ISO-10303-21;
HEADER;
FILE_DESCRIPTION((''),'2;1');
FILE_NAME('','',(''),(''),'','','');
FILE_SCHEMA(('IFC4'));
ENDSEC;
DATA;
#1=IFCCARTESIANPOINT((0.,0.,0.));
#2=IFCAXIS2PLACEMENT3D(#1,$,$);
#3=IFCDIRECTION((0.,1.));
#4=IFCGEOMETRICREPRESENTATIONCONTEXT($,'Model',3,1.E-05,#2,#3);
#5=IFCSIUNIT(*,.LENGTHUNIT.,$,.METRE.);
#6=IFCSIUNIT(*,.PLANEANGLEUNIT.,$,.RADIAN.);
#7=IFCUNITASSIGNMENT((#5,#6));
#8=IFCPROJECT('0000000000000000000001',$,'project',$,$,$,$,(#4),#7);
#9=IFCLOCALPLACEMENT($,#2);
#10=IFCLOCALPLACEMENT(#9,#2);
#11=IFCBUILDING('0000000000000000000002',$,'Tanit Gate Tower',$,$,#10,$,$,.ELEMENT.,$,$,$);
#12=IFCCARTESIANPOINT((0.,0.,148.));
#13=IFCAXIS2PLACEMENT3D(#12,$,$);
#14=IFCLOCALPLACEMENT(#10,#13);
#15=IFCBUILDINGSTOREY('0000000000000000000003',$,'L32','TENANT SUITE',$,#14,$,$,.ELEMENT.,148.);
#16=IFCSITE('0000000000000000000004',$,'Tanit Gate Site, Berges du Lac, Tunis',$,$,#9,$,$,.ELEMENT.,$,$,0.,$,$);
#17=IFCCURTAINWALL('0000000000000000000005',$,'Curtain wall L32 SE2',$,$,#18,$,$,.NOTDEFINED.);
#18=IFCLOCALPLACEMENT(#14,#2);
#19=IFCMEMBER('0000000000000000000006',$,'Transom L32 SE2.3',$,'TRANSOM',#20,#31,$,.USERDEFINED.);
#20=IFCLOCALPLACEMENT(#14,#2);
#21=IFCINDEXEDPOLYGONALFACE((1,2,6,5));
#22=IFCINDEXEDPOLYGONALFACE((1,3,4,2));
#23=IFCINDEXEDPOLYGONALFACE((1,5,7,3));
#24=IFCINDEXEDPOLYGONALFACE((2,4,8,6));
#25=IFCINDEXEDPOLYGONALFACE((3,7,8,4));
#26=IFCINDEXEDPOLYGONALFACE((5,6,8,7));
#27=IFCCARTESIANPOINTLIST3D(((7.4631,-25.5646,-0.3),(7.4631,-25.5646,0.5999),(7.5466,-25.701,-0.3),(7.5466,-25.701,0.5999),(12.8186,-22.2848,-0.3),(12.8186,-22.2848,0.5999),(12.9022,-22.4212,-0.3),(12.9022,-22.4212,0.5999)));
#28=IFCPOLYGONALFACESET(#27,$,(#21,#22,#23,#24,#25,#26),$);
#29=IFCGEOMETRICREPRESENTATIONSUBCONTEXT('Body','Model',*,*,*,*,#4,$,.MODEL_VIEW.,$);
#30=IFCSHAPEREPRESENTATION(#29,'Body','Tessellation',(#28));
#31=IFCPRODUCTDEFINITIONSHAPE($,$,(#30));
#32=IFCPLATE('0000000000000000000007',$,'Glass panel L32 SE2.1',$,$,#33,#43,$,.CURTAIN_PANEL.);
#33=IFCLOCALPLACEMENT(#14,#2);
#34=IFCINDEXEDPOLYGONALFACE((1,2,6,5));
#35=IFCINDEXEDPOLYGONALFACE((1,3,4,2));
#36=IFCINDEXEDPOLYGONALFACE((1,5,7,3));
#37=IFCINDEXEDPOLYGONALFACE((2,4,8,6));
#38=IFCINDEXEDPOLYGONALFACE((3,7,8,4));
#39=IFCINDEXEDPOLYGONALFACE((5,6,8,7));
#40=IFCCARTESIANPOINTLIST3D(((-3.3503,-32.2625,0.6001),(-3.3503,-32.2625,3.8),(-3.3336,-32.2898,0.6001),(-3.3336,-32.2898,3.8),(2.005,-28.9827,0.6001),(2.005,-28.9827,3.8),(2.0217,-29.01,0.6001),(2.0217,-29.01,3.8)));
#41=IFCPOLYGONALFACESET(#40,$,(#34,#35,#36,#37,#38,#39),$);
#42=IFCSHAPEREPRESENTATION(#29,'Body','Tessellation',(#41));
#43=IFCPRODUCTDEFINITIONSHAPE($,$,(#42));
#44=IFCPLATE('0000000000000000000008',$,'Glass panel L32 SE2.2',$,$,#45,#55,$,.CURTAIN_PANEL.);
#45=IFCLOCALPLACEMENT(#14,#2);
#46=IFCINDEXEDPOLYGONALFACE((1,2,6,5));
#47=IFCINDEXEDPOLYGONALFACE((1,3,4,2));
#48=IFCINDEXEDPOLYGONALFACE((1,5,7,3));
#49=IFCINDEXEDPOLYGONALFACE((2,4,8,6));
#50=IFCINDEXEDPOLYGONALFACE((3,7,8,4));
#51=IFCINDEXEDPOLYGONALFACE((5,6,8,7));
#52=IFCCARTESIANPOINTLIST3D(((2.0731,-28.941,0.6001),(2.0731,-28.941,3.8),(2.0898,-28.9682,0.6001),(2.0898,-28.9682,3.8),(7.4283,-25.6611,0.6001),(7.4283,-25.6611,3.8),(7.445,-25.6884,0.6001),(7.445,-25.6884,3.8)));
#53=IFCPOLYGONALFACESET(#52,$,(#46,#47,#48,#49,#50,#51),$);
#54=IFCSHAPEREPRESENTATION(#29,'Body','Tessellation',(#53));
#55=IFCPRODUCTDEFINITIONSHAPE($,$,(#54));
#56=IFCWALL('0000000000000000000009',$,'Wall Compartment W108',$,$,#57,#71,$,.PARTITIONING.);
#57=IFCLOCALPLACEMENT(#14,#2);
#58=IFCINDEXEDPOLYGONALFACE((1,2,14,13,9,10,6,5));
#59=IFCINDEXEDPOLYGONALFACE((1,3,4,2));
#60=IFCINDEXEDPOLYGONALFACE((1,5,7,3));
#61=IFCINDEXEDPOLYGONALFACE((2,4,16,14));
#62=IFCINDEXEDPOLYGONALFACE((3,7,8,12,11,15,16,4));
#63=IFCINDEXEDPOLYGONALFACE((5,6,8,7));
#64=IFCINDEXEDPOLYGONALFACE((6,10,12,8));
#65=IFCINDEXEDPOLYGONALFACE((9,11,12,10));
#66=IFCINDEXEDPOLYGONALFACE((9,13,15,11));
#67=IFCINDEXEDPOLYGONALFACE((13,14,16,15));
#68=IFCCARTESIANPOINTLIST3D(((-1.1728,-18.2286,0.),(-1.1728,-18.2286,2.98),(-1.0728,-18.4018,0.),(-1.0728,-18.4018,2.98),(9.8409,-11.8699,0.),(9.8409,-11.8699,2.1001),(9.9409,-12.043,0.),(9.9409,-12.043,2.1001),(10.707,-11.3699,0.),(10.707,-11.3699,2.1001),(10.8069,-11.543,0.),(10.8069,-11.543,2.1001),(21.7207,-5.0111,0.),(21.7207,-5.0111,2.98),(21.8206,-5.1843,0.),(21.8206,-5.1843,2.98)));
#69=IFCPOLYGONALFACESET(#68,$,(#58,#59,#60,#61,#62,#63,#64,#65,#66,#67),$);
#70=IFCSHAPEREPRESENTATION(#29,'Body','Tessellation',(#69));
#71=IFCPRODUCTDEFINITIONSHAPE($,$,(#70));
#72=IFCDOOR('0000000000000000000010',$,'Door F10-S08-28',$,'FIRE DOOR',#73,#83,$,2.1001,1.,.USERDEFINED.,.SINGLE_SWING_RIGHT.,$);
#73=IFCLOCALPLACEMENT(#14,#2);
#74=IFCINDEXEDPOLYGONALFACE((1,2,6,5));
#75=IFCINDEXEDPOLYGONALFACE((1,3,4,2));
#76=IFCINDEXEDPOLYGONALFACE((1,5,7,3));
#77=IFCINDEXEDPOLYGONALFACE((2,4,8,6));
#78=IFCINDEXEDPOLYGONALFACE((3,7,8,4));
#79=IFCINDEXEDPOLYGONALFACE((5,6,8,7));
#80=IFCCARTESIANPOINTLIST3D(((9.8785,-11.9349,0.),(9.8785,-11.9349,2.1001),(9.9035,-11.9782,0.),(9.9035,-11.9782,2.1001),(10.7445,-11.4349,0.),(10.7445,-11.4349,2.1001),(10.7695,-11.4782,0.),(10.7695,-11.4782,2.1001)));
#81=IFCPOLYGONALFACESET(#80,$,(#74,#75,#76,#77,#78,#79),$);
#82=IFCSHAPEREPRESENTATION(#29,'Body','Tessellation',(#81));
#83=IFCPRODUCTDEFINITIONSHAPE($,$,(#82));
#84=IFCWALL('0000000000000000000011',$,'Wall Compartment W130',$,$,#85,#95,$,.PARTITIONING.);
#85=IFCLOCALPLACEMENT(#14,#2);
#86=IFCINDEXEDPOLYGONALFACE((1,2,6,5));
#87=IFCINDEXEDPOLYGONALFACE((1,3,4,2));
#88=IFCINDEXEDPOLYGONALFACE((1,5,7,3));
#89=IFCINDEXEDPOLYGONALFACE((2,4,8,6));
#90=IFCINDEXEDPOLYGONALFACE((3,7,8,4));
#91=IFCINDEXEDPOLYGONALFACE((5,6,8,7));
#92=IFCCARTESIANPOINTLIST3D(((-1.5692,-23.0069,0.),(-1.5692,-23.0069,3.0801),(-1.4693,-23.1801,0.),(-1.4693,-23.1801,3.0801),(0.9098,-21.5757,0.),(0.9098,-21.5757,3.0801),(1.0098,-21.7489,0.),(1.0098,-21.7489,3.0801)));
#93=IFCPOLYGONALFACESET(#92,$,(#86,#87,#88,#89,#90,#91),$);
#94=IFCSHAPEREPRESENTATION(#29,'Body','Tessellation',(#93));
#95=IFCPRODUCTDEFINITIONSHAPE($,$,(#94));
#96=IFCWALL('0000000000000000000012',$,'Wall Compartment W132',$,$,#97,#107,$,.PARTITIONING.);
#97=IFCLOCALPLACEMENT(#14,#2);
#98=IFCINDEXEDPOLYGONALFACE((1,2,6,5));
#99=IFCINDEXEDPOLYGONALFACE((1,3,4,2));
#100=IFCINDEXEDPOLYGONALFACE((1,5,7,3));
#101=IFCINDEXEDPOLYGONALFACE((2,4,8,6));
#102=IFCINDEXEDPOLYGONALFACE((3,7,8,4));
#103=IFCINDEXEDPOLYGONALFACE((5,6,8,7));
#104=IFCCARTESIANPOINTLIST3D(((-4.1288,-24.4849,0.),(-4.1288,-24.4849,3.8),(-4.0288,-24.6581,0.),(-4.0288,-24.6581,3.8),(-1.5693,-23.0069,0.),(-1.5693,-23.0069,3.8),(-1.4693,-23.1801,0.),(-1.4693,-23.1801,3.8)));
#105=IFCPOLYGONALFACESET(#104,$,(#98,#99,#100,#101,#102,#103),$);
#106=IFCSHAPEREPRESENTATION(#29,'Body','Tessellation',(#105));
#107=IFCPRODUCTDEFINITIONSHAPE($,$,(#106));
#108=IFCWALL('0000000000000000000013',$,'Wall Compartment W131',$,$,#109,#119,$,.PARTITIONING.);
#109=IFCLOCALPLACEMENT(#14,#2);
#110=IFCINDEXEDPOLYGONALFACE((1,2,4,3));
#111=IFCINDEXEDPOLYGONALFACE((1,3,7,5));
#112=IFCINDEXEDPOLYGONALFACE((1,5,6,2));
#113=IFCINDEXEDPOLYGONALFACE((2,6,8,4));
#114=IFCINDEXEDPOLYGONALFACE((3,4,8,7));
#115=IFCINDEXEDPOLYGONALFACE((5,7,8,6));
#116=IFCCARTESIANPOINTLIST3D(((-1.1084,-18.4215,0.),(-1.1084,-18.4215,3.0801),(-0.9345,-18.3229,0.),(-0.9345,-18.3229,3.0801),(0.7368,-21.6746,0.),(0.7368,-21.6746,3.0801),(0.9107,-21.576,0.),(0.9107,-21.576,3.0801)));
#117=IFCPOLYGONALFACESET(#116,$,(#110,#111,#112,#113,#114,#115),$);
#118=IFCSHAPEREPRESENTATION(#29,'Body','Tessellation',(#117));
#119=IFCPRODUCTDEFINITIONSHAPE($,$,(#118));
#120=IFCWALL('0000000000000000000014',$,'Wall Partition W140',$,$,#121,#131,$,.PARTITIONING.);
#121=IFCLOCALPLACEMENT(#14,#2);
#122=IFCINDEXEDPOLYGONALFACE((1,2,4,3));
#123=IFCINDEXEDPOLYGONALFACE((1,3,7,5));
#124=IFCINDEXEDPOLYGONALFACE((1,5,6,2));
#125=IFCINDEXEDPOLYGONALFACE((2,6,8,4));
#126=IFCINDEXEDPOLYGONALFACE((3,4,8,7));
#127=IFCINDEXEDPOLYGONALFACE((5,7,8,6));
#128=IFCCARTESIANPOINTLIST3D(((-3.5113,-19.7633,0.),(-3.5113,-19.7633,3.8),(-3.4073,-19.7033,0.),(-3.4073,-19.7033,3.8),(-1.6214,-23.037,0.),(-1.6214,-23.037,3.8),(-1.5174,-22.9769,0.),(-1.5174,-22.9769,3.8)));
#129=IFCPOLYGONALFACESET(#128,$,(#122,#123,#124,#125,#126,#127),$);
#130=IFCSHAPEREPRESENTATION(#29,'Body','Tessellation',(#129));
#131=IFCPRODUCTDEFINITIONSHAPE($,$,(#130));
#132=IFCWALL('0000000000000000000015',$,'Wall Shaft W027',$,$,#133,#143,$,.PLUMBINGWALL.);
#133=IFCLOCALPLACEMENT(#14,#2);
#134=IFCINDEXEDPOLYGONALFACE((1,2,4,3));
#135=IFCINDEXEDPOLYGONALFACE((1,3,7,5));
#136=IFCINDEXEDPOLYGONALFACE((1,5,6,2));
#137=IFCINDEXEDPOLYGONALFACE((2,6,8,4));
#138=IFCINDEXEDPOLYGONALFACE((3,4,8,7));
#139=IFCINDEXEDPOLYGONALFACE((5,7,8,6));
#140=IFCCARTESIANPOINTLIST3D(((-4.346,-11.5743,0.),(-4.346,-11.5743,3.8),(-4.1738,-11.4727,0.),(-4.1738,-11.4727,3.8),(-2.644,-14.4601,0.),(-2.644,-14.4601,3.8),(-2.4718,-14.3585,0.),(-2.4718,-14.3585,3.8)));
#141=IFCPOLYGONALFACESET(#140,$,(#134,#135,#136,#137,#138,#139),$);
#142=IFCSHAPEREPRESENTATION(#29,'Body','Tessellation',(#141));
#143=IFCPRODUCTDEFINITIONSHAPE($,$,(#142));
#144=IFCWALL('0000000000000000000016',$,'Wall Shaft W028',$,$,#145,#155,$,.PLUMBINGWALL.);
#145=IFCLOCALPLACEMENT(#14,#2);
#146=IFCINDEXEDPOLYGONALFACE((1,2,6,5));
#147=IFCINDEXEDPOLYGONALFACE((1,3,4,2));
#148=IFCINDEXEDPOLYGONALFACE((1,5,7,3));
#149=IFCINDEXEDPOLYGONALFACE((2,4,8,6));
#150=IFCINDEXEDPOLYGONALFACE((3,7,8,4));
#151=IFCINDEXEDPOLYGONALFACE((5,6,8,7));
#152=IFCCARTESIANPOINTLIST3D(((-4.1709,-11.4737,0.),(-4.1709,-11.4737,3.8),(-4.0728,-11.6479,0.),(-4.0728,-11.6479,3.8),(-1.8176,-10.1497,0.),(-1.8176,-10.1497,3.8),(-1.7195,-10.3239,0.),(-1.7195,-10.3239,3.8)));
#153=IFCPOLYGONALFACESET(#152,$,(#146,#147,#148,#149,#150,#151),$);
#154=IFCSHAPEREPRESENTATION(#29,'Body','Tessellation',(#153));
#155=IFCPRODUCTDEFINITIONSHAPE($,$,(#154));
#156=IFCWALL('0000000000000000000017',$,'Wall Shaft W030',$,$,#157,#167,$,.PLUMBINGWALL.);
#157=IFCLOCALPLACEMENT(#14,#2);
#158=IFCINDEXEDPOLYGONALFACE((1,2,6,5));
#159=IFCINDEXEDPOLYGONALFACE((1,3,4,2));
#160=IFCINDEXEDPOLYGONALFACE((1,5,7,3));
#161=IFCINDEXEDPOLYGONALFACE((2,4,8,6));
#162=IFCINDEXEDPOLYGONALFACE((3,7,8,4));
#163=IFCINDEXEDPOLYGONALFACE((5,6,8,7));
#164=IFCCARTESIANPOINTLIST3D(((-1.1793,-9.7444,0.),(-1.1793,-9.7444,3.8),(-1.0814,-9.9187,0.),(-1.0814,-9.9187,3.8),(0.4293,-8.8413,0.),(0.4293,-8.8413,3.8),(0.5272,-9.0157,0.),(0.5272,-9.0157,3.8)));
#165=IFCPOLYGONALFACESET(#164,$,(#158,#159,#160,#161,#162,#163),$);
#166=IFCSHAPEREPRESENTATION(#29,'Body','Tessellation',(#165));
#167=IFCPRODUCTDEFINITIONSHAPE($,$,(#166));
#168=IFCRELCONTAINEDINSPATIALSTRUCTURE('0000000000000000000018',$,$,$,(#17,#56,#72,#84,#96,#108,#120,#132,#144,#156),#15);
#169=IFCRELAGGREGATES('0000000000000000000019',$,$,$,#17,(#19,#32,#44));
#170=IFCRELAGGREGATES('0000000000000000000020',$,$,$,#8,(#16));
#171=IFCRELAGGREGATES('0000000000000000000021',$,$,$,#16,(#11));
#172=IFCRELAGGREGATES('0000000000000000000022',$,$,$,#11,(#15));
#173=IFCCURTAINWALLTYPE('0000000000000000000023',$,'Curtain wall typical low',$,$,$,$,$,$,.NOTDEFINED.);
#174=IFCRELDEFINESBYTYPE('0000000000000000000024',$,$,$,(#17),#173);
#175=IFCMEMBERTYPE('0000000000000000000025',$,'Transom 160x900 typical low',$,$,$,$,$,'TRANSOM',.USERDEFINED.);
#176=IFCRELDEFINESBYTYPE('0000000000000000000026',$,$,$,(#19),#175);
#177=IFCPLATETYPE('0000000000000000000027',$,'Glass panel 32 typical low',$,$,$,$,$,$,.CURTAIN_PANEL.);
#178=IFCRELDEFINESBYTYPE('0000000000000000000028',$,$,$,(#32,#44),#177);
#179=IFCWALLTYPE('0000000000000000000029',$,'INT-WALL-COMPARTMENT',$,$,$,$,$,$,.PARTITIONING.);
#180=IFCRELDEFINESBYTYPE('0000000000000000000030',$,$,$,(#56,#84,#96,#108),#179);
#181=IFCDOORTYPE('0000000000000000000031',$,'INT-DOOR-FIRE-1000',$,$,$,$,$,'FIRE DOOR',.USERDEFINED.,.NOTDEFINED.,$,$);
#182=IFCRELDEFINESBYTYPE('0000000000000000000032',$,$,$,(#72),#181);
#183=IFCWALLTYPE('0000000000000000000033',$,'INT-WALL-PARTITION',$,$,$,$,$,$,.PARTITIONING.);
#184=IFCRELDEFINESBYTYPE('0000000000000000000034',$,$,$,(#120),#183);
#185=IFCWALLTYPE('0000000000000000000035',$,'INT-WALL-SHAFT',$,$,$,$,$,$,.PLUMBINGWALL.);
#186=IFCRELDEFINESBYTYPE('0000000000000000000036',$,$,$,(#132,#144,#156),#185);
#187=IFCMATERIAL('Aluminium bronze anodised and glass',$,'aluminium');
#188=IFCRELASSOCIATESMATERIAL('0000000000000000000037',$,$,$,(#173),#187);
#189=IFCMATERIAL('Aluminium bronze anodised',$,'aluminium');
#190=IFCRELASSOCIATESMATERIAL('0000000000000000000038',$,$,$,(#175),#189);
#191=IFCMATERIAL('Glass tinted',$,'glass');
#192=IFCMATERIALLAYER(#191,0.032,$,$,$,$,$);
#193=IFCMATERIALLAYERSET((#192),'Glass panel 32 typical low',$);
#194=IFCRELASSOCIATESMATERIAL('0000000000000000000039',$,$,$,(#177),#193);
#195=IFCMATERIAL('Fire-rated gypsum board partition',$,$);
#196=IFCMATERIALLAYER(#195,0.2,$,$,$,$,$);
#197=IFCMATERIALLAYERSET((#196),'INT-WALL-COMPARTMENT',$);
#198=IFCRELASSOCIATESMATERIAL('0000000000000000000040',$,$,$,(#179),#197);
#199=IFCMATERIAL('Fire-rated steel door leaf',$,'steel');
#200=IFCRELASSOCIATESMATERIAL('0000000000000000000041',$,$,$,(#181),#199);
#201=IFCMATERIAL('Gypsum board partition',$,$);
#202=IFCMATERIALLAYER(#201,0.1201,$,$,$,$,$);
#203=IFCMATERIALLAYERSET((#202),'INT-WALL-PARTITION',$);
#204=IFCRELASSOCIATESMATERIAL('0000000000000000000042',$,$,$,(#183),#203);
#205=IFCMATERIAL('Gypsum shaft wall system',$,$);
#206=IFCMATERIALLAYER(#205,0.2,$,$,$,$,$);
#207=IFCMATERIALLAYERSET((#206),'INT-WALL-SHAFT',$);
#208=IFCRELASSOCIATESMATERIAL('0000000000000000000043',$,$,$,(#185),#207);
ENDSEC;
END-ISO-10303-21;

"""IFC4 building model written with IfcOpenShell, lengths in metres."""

from ifc_helpers import new_model, si_unit, direction, frame, frame_2d, origin, origin_2d, place, context, subcontext, project, spatial, rectangle, extrude, material, layer, layer_set, material_profile, profile_set, type_object, element, fill, aggregate, save


model = new_model("IFC4")

# Units and contexts
model_context = context("Model", 3, precision=1e-05, world=origin(), true_north=direction((0.0, 1.0)))
body_context = subcontext(model_context, "Body", "Model", "MODEL_VIEW")
ifc_project = project(units=[si_unit("LENGTHUNIT", "METRE"), si_unit("PLANEANGLEUNIT", "RADIAN")], contexts=[model_context])

# Site, building, storey
site_placement = place(None, origin())
site = spatial("IfcSite", under=ifc_project, at=site_placement, Name="Tanit Gate Site, Berges du Lac, Tunis", CompositionType="ELEMENT", RefElevation=0.0)
building_placement = place(site_placement, origin())
building = spatial("IfcBuilding", under=site, at=building_placement, Name="Tanit Gate Tower", CompositionType="ELEMENT")
storey_placement = place(building_placement, frame((0.0, 0.0, 148.0)))
storey = spatial("IfcBuildingStorey", under=building, at=storey_placement, Name="L32", Description="TENANT SUITE", CompositionType="ELEMENT", Elevation=148.0)

# Curtain wall
ifc_material_1 = material(Name="Aluminium bronze anodised and glass", Category="aluminium")
curtain_wall_type = type_object("IfcCurtainWallType", Name="Curtain wall typical low", PredefinedType="NOTDEFINED", material=ifc_material_1)
curtain_wall_placement = place(storey_placement, origin())
curtain_wall = element("IfcCurtainWall", 1, at=curtain_wall_placement, inside=storey, type_object=curtain_wall_type, Name="Curtain wall L32 SE2", PredefinedType="NOTDEFINED")

# Member
ifc_material_2 = material(Name="Aluminium bronze anodised", Category="aluminium")
ifc_material_profile_1 = material_profile(ifc_material_2, rectangle(XDim=0.1599, YDim=0.8999, at=origin_2d()), Name="160x900 bronze transom")
ifc_profile_set_1 = profile_set([ifc_material_profile_1], Name="Aluminium bronze anodised")
member_type_1 = type_object("IfcMemberType", Name="Transom 160x900 typical low", ElementType="TRANSOM", PredefinedType="USERDEFINED", material=ifc_profile_set_1)
member_1_placement = place(storey_placement, frame((7.5049, -25.6328, 0.1499), z_axis=(0.852786, 0.522261, 0.0), x_axis=(-0.522261, 0.852786, 0.0)))
member_1 = element("IfcMember", 2, at=member_1_placement, type_object=member_type_1, Name="Transom L32 SE2.3", ObjectType="TRANSOM", PredefinedType="USERDEFINED", context=body_context, shape_type="SweptSolid", body=[
    extrude(rectangle(XDim=0.1599, YDim=0.8999, at=origin_2d()), origin(), (0.0, 0.0, 1.0), 6.28),
])

# Plates
ifc_material_3 = material(Name="Glass tinted", Category="glass")
ifc_layer_1 = layer(ifc_material_3, 0.032)
ifc_layer_set_1 = layer_set([ifc_layer_1], Name="Glass panel 32 typical low")
plate_type = type_object("IfcPlateType", Name="Glass panel 32 typical low", PredefinedType="CURTAIN_PANEL", material=ifc_layer_set_1)
plate_1_placement = place(storey_placement, frame((-0.6643, -30.6362, 0.6001), z_axis=(0.0, 0.0, 1.0), x_axis=(0.852772, 0.522283, 0.0)))
plate_1 = element("IfcPlate", 3, at=plate_1_placement, type_object=plate_type, Name="Glass panel L32 SE2.1", PredefinedType="CURTAIN_PANEL", context=body_context, shape_type="SweptSolid", body=[
    extrude(rectangle(XDim=6.2798, YDim=0.032, at=origin_2d()), origin(), (0.0, 0.0, 1.0), 3.2),
])
plate_2_placement = place(storey_placement, frame((4.759, -27.3147, 0.6001), z_axis=(0.0, 0.0, 1.0), x_axis=(0.852772, 0.522283, 0.0)))
plate_2 = element("IfcPlate", 4, at=plate_2_placement, type_object=plate_type, Name="Glass panel L32 SE2.2", PredefinedType="CURTAIN_PANEL", context=body_context, shape_type="SweptSolid", body=[
    extrude(rectangle(XDim=6.2798, YDim=0.032, at=origin_2d()), origin(), (0.0, 0.0, 1.0), 3.2),
])
aggregate(curtain_wall, [member_1, plate_1, plate_2])

# Wall, opening, door
ifc_material_4 = material(Name="Fire-rated gypsum board partition")
ifc_layer_2 = layer(ifc_material_4, 0.2)
ifc_layer_set_2 = layer_set([ifc_layer_2], Name="INT-WALL-COMPARTMENT")
wall_type_1 = type_object("IfcWallType", Name="INT-WALL-COMPARTMENT", PredefinedType="PARTITIONING", material=ifc_layer_set_2)
wall_1_placement = place(storey_placement, frame((-1.1228, -18.3152, 0.0), z_axis=(0.0, 0.0, 1.0), x_axis=(0.866027, 0.499998, 0.0)))
wall_1 = element("IfcWall", 5, at=wall_1_placement, inside=storey, type_object=wall_type_1, Name="Wall Compartment W108", PredefinedType="PARTITIONING", context=body_context, shape_type="SweptSolid", body=[
    extrude(rectangle(XDim=26.4351, YDim=0.2, at=frame_2d((13.2175, 0.0))), origin(), (0.0, 0.0, 1.0), 2.98),
])
opening_placement = place(wall_1_placement, frame((12.7175, 0.0, 0.0)))
opening = element("IfcOpeningElement", 6, at=opening_placement, cuts=wall_1, PredefinedType="OPENING", context=body_context, shape_type="SweptSolid", body=[
    extrude(rectangle(XDim=1.0, YDim=2.1001, at=frame_2d((0.5, 1.05))), frame((0.0, 0.1099, 0.0), z_axis=(0.0, -1.0, 0.0), x_axis=(1.0, 0.0, 0.0)), (0.0, 0.0, 1.0), 0.22),
])
ifc_material_5 = material(Name="Fire-rated steel door leaf", Category="steel")
door_type = type_object("IfcDoorType", Name="INT-DOOR-FIRE-1000", ElementType="FIRE DOOR", OperationType="NOTDEFINED", PredefinedType="USERDEFINED", material=ifc_material_5)
door_placement = place(opening_placement, origin())
door = element("IfcDoor", 7, at=door_placement, inside=storey, type_object=door_type, Name="Door F10-S08-28", ObjectType="FIRE DOOR", OperationType="SINGLE_SWING_RIGHT", OverallHeight=2.1001, OverallWidth=1.0, PredefinedType="USERDEFINED", context=body_context, shape_type="SweptSolid", body=[
    extrude(rectangle(XDim=1.0, YDim=2.1001, at=frame_2d((0.5, 1.05))), frame((0.0, 0.0249, 0.0), z_axis=(0.0, -1.0, 0.0), x_axis=(1.0, 0.0, 0.0)), (0.0, 0.0, 1.0), 0.05),
])
fill(opening, door)

# Walls
wall_2_placement = place(storey_placement, frame((0.9597, -21.6624, 0.0), z_axis=(0.0, 0.0, 1.0), x_axis=(-0.866041, -0.499973, 0.0)))
element("IfcWall", 8, at=wall_2_placement, inside=storey, type_object=wall_type_1, Name="Wall Compartment W130", PredefinedType="PARTITIONING", context=body_context, shape_type="SweptSolid", body=[
    extrude(rectangle(XDim=2.8625, YDim=0.2, at=frame_2d((1.4312, 0.0))), origin(), (0.0, 0.0, 1.0), 3.0801),
])
wall_3_placement = place(storey_placement, frame((-1.5193, -23.0935, 0.0), z_axis=(0.0, 0.0, 1.0), x_axis=(-0.865987, -0.500066, 0.0)))
element("IfcWall", 9, at=wall_3_placement, inside=storey, type_object=wall_type_1, Name="Wall Compartment W132", PredefinedType="PARTITIONING", context=body_context, shape_type="SweptSolid", body=[
    extrude(rectangle(XDim=2.9556, YDim=0.2, at=frame_2d((1.4778, 0.0))), origin(), (0.0, 0.0, 1.0), 3.8),
])
wall_4_placement = place(storey_placement, frame((-1.0215, -18.3721, 0.0), z_axis=(0.0, 0.0, 1.0), x_axis=(0.493367, -0.869821, 0.0)))
element("IfcWall", 10, at=wall_4_placement, inside=storey, type_object=wall_type_1, Name="Wall Compartment W131", PredefinedType="PARTITIONING", context=body_context, shape_type="SweptSolid", body=[
    extrude(rectangle(XDim=3.74, YDim=0.2, at=frame_2d((1.8701, 0.0))), origin(), (0.0, 0.0, 1.0), 3.0801),
])
ifc_material_6 = material(Name="Gypsum board partition")
ifc_layer_3 = layer(ifc_material_6, 0.1201)
ifc_layer_set_3 = layer_set([ifc_layer_3], Name="INT-WALL-PARTITION")
wall_type_2 = type_object("IfcWallType", Name="INT-WALL-PARTITION", PredefinedType="PARTITIONING", material=ifc_layer_set_3)
wall_5_placement = place(storey_placement, frame((-1.5693, -23.0071, 0.0), z_axis=(0.0, 0.0, 1.0), x_axis=(-0.499967, 0.866045, 0.0)))
element("IfcWall", 11, at=wall_5_placement, inside=storey, type_object=wall_type_2, Name="Wall Partition W140", PredefinedType="PARTITIONING", context=body_context, shape_type="SweptSolid", body=[
    extrude(rectangle(XDim=3.78, YDim=0.1201, at=frame_2d((1.8901, 0.0))), origin(), (0.0, 0.0, 1.0), 3.8),
])
ifc_material_7 = material(Name="Gypsum shaft wall system")
ifc_layer_4 = layer(ifc_material_7, 0.2)
ifc_layer_set_4 = layer_set([ifc_layer_4], Name="INT-WALL-SHAFT")
wall_type_3 = type_object("IfcWallType", Name="INT-WALL-SHAFT", PredefinedType="PLUMBINGWALL", material=ifc_layer_set_4)
wall_6_placement = place(storey_placement, frame((-2.5579, -14.4094, 0.0), z_axis=(0.0, 0.0, 1.0), x_axis=(-0.507997, 0.861359, 0.0)))
element("IfcWall", 12, at=wall_6_placement, inside=storey, type_object=wall_type_3, Name="Wall Shaft W027", PredefinedType="PLUMBINGWALL", context=body_context, shape_type="SweptSolid", body=[
    extrude(rectangle(XDim=3.3503, YDim=0.2, at=frame_2d((1.6753, 0.0))), origin(), (0.0, 0.0, 1.0), 3.8),
])
wall_7_placement = place(storey_placement, frame((-1.7686, -10.2368, 0.0), z_axis=(0.0, 0.0, 1.0), x_axis=(-0.871534, -0.490334, 0.0)))
element("IfcWall", 13, at=wall_7_placement, inside=storey, type_object=wall_type_3, Name="Wall Shaft W028", PredefinedType="PLUMBINGWALL", context=body_context, shape_type="SweptSolid", body=[
    extrude(rectangle(XDim=2.7002, YDim=0.2, at=frame_2d((1.3501, 0.0))), origin(), (0.0, 0.0, 1.0), 3.8),
])
wall_8_placement = place(storey_placement, frame((-1.1304, -9.8315, 0.0), z_axis=(0.0, 0.0, 1.0), x_axis=(0.871989, 0.489526, 0.0)))
element("IfcWall", 14, at=wall_8_placement, inside=storey, type_object=wall_type_3, Name="Wall Shaft W030", PredefinedType="PLUMBINGWALL", context=body_context, shape_type="SweptSolid", body=[
    extrude(rectangle(XDim=1.8447, YDim=0.2, at=frame_2d((0.9224, 0.0))), origin(), (0.0, 0.0, 1.0), 3.8),
])

save(model, "model.ifc")
